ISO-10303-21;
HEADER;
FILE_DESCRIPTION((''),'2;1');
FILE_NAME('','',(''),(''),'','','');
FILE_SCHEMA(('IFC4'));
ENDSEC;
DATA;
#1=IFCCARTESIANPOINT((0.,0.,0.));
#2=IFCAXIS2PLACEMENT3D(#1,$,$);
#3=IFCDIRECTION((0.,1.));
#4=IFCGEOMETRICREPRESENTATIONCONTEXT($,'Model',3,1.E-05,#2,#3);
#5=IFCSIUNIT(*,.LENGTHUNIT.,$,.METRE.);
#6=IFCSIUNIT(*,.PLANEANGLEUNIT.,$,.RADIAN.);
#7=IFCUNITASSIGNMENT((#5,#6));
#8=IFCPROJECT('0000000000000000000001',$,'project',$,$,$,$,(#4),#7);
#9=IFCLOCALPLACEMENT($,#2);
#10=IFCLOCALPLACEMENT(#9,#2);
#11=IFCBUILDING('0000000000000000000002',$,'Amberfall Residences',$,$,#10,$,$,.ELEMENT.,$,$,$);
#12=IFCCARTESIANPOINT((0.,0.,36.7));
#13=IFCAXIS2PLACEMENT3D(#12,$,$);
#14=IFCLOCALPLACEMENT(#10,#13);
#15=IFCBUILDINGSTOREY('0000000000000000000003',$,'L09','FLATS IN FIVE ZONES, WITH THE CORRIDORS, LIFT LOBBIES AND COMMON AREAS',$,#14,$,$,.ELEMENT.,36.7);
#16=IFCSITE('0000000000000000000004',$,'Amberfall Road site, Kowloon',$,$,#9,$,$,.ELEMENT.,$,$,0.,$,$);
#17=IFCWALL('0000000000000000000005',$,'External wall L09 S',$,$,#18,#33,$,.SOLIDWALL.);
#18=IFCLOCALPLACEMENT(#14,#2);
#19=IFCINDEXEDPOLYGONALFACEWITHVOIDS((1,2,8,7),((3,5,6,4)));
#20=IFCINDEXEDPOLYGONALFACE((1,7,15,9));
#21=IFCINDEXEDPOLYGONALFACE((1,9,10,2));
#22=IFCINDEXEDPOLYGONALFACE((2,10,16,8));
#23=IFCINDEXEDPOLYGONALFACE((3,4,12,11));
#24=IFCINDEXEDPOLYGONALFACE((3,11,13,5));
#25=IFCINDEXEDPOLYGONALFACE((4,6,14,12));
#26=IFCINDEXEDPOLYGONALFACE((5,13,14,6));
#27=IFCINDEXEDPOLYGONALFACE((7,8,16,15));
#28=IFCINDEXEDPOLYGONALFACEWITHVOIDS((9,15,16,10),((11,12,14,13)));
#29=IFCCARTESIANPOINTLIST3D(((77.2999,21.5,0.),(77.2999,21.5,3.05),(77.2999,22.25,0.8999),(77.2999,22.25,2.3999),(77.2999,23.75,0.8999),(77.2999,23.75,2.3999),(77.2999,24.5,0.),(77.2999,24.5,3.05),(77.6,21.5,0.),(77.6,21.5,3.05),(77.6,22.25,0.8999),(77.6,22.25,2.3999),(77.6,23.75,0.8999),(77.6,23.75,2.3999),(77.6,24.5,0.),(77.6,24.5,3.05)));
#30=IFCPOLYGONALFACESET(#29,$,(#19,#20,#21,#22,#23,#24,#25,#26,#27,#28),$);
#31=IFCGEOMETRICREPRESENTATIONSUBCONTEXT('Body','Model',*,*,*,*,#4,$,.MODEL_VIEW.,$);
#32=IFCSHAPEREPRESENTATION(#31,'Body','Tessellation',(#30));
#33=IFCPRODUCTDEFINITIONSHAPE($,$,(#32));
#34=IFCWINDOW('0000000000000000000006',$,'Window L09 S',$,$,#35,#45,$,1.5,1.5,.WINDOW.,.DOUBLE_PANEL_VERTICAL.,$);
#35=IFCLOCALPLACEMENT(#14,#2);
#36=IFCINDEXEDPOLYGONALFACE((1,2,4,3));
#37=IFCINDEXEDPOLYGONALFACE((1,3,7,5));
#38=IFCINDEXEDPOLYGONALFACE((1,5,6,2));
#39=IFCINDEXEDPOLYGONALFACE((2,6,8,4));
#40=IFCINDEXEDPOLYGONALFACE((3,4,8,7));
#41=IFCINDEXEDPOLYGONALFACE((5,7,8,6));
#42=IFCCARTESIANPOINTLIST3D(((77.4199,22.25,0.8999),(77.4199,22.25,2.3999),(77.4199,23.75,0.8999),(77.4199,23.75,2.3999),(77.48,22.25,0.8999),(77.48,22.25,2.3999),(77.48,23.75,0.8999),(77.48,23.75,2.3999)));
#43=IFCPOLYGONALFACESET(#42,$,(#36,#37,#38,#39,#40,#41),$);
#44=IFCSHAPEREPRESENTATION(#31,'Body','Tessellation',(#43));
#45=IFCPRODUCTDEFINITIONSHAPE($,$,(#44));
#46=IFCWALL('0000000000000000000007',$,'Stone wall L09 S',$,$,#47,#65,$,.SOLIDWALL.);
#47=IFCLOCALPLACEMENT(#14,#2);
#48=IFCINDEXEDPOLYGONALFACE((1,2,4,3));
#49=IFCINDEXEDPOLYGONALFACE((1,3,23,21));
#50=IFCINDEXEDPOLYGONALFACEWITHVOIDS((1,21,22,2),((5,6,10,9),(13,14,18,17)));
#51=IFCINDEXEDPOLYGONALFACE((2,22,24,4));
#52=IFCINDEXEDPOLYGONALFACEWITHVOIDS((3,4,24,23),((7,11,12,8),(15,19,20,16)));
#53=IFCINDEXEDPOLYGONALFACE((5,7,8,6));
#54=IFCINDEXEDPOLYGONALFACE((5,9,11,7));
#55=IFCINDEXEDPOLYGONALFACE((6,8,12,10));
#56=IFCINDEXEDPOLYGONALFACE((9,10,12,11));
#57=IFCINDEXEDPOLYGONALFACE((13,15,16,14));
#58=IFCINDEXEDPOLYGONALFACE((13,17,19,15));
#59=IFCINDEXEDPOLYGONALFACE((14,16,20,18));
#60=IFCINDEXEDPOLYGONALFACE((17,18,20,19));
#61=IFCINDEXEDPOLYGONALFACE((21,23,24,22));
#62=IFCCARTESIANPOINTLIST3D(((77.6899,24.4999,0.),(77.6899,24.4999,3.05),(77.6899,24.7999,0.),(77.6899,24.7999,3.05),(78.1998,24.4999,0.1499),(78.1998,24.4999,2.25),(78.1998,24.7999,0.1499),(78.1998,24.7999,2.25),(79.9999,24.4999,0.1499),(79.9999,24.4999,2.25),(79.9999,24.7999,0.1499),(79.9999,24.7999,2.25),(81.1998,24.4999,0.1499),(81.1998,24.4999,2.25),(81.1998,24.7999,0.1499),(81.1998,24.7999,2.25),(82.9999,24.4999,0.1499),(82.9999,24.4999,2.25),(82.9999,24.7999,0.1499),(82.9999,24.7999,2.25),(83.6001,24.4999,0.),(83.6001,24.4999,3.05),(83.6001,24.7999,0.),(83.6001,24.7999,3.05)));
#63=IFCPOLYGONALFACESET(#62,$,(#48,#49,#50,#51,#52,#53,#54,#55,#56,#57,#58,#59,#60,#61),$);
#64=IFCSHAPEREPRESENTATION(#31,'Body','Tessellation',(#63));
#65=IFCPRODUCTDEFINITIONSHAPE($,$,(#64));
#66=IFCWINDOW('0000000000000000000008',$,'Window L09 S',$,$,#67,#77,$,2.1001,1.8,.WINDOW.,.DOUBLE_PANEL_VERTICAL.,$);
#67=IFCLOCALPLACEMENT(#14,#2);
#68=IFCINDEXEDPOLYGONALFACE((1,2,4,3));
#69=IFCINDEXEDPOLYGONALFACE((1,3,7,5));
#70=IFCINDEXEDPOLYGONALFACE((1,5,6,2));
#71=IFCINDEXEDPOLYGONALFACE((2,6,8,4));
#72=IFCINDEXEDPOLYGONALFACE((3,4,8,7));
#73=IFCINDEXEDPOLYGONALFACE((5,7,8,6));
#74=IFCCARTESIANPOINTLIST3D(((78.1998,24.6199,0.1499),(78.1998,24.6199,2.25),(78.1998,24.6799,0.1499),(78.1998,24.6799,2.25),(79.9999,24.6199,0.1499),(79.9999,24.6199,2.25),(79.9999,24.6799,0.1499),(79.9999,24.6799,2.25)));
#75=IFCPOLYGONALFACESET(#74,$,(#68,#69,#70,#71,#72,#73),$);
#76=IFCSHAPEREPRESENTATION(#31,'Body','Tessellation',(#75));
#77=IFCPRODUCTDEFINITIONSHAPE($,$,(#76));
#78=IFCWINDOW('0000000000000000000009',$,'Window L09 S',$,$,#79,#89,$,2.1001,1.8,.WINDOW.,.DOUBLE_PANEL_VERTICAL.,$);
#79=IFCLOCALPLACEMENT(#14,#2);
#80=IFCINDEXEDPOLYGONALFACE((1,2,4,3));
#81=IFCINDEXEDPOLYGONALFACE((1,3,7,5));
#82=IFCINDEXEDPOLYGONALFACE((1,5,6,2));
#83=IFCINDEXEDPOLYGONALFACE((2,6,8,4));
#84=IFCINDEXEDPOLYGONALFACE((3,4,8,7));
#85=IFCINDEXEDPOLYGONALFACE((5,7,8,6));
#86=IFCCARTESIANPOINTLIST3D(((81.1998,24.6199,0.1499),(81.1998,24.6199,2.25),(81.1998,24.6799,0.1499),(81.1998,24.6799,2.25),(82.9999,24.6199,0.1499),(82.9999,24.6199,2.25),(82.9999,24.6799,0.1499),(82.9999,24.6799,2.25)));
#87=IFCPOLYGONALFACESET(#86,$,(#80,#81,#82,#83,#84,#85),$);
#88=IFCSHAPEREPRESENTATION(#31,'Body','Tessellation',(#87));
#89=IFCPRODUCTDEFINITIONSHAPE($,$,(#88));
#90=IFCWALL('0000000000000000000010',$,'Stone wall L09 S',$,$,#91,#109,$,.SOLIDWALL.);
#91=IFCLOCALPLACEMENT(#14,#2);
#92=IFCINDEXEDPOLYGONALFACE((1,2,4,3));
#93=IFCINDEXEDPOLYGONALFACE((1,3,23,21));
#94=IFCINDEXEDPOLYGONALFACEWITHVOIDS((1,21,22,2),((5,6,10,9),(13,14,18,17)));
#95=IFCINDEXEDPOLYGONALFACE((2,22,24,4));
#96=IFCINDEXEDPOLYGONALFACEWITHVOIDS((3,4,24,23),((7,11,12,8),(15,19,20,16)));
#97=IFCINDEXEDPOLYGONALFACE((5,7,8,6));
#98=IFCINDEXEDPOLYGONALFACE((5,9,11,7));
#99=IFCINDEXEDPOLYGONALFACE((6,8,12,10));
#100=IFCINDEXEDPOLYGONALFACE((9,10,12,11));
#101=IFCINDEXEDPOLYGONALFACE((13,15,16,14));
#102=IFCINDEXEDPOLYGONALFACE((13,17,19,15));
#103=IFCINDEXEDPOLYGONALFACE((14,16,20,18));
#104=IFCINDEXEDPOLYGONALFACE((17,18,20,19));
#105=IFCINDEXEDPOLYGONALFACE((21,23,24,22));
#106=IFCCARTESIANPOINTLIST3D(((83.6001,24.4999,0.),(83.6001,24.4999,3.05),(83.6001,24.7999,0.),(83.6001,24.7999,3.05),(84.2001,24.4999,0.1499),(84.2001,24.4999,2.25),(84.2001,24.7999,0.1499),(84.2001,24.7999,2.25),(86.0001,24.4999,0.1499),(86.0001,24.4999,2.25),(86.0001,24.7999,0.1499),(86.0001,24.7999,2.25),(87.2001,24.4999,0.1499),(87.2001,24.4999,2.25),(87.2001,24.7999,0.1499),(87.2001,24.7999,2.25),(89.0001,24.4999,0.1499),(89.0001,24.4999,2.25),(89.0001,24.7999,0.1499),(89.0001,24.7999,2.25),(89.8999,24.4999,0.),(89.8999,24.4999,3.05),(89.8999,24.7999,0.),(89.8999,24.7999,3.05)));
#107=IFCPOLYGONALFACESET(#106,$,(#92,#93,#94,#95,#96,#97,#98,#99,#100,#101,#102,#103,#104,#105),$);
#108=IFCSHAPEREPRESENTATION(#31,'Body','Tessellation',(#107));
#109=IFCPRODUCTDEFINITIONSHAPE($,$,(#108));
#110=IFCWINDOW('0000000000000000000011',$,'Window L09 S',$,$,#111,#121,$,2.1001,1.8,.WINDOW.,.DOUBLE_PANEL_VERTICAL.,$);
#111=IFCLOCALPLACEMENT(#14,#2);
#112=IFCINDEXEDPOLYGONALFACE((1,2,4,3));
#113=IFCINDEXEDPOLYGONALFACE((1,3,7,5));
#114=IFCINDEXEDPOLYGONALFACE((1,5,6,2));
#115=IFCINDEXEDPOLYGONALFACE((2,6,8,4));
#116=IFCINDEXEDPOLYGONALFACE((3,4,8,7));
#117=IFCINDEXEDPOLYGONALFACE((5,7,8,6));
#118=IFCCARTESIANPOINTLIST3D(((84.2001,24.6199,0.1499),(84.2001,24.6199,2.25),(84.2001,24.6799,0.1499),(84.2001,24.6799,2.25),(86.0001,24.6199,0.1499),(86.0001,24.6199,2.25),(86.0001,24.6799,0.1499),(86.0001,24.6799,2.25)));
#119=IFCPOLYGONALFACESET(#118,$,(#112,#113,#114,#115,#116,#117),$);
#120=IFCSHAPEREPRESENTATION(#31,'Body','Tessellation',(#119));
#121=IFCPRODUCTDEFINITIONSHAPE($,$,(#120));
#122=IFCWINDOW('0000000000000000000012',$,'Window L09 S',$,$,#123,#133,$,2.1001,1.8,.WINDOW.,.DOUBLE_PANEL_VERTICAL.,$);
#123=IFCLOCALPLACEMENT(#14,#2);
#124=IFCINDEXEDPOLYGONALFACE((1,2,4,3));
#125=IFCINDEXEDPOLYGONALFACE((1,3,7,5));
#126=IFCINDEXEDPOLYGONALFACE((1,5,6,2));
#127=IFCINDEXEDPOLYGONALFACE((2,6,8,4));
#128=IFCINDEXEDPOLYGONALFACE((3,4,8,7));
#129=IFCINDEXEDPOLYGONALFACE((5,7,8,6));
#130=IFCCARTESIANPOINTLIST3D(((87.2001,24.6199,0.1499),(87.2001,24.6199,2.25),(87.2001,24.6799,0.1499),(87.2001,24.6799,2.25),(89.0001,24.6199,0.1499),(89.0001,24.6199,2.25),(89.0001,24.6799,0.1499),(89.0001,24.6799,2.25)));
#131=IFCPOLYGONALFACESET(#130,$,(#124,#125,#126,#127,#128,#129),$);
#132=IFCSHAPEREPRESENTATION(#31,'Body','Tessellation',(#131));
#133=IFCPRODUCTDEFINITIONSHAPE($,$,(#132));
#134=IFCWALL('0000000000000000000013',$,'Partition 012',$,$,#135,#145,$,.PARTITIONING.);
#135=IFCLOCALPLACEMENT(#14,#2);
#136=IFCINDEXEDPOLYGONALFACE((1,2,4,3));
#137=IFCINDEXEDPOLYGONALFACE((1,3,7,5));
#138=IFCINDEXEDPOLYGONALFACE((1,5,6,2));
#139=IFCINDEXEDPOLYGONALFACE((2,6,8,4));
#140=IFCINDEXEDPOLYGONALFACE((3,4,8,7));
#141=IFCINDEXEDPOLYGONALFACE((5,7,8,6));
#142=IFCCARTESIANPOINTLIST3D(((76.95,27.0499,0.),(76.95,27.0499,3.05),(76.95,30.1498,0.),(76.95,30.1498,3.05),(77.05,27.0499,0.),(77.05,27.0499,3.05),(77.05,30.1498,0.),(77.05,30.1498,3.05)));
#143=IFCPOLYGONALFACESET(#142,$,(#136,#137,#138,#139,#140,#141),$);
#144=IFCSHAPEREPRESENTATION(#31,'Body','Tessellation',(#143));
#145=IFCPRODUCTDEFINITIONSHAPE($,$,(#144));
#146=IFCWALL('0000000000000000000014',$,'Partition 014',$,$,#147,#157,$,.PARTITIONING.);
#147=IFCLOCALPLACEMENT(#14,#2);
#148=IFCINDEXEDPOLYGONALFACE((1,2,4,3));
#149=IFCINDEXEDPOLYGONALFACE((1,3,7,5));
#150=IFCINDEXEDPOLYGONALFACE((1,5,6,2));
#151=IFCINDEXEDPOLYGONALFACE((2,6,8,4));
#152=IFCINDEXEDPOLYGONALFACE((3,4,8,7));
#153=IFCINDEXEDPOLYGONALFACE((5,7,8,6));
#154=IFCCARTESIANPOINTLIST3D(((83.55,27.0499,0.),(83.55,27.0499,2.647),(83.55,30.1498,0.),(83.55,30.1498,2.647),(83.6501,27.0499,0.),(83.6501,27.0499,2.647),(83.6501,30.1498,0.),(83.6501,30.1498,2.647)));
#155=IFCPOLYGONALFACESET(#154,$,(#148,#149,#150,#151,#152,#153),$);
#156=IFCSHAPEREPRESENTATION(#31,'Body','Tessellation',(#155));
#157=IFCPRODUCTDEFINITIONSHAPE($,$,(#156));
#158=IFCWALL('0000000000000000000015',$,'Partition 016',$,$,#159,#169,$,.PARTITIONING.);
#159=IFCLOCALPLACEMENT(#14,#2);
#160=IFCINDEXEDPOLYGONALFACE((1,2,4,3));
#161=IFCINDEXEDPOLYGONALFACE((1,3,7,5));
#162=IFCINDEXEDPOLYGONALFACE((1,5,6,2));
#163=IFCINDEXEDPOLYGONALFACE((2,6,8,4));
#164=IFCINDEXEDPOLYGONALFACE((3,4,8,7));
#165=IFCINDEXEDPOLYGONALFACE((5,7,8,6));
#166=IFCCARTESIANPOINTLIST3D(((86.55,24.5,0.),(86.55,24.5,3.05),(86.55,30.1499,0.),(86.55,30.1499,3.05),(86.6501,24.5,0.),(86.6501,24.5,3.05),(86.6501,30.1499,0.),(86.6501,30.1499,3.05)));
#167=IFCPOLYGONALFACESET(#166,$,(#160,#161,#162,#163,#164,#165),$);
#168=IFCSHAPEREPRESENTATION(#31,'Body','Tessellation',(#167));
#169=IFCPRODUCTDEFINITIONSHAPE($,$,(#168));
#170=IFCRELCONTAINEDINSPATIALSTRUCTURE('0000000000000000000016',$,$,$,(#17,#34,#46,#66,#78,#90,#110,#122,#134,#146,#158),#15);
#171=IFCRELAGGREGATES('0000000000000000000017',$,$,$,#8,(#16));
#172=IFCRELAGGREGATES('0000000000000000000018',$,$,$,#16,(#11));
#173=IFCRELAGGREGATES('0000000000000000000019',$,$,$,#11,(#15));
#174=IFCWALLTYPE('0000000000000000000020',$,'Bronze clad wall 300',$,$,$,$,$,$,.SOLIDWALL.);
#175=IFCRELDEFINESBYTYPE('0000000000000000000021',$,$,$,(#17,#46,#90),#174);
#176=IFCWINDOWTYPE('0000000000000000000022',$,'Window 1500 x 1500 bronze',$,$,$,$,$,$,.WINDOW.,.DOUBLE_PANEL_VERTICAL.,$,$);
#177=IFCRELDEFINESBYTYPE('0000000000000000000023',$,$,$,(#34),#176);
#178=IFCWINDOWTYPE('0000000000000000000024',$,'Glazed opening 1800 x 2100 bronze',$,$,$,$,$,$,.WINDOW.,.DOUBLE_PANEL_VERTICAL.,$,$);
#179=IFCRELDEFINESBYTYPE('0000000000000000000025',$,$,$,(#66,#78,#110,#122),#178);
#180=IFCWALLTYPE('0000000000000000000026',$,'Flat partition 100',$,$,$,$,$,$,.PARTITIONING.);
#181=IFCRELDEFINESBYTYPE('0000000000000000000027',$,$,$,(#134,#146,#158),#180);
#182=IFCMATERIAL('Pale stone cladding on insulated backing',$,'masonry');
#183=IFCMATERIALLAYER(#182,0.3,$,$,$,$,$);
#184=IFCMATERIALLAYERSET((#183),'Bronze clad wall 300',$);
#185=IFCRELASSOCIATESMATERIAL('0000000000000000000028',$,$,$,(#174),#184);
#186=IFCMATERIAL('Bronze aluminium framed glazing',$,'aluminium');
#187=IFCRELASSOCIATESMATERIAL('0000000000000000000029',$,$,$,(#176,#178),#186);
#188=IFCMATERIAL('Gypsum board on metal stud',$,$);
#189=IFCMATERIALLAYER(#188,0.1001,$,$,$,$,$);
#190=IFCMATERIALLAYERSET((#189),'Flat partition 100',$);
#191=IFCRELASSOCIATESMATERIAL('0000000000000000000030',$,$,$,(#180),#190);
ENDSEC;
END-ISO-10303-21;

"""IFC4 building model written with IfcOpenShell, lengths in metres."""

from ifc_helpers import new_model, si_unit, direction, frame, frame_2d, origin, place, context, subcontext, project, spatial, rectangle, extrude, material, layer, layer_set, type_object, element, fill, save


model = new_model("IFC4")

# Units and contexts
model_context = context("Model", 3, precision=1e-05, world=origin(), true_north=direction((0.0, 1.0)))
body_context = subcontext(model_context, "Body", "Model", "MODEL_VIEW")
ifc_project = project(units=[si_unit("LENGTHUNIT", "METRE"), si_unit("PLANEANGLEUNIT", "RADIAN")], contexts=[model_context])

# Site, building, storey
site_placement = place(None, origin())
site = spatial("IfcSite", under=ifc_project, at=site_placement, Name="Amberfall Road site, Kowloon", CompositionType="ELEMENT", RefElevation=0.0)
building_placement = place(site_placement, origin())
building = spatial("IfcBuilding", under=site, at=building_placement, Name="Amberfall Residences", CompositionType="ELEMENT")
storey_placement = place(building_placement, frame((0.0, 0.0, 36.7)))
storey = spatial("IfcBuildingStorey", under=building, at=storey_placement, Name="L09", Description="FLATS IN FIVE ZONES, WITH THE CORRIDORS, LIFT LOBBIES AND COMMON AREAS", CompositionType="ELEMENT", Elevation=36.7)

# Wall, opening, window
ifc_material_1 = material(Name="Pale stone cladding on insulated backing", Category="masonry")
ifc_layer_1 = layer(ifc_material_1, 0.3)
ifc_layer_set_1 = layer_set([ifc_layer_1], Name="Bronze clad wall 300")
wall_type_1 = type_object("IfcWallType", Name="Bronze clad wall 300", PredefinedType="SOLIDWALL", material=ifc_layer_set_1)
wall_1_placement = place(storey_placement, frame((77.45, 21.5, 0.0), z_axis=(0.0, 0.0, 1.0), x_axis=(0.0, 1.0, 0.0)))
wall_1 = element("IfcWall", 1, at=wall_1_placement, inside=storey, type_object=wall_type_1, Name="External wall L09 S", PredefinedType="SOLIDWALL", context=body_context, shape_type="SweptSolid", body=[
    extrude(rectangle(XDim=3.0, YDim=0.3, at=frame_2d((1.5, 0.0))), origin(), (0.0, 0.0, 1.0), 3.05),
])
opening_1_placement = place(wall_1_placement, frame((0.75, 0.0, 0.8999)))
opening_1 = element("IfcOpeningElement", 2, at=opening_1_placement, cuts=wall_1, PredefinedType="OPENING", context=body_context, shape_type="SweptSolid", body=[
    extrude(rectangle(XDim=1.5, YDim=1.5, at=frame_2d((0.75, 0.75))), frame((0.0, 0.1599, 0.0), z_axis=(0.0, -1.0, 0.0), x_axis=(1.0, 0.0, 0.0)), (0.0, 0.0, 1.0), 0.3201),
])
ifc_material_2 = material(Name="Bronze aluminium framed glazing", Category="aluminium")
window_type_1 = type_object("IfcWindowType", Name="Window 1500 x 1500 bronze", PartitioningType="DOUBLE_PANEL_VERTICAL", PredefinedType="WINDOW", material=ifc_material_2)
window_1_placement = place(opening_1_placement, origin())
window_1 = element("IfcWindow", 3, at=window_1_placement, inside=storey, type_object=window_type_1, Name="Window L09 S", OverallHeight=1.5, OverallWidth=1.5, PartitioningType="DOUBLE_PANEL_VERTICAL", PredefinedType="WINDOW", context=body_context, shape_type="SweptSolid", body=[
    extrude(rectangle(XDim=1.5, YDim=1.5, at=frame_2d((0.75, 0.75))), frame((0.0, 0.03, 0.0), z_axis=(0.0, -1.0, 0.0), x_axis=(1.0, 0.0, 0.0)), (0.0, 0.0, 1.0), 0.0601),
])
fill(opening_1, window_1)

# Walls, openings, windows
wall_2_placement = place(storey_placement, frame((77.6899, 24.6499, 0.0), z_axis=(0.0, 0.0, 1.0), x_axis=(1.0, 0.0, 0.0)))
wall_2 = element("IfcWall", 4, at=wall_2_placement, inside=storey, type_object=wall_type_1, Name="Stone wall L09 S", PredefinedType="SOLIDWALL", context=body_context, shape_type="SweptSolid", body=[
    extrude(rectangle(XDim=5.9102, YDim=0.3, at=frame_2d((2.9551, 0.0))), origin(), (0.0, 0.0, 1.0), 3.05),
])
opening_2_placement = place(wall_2_placement, frame((0.51, 0.0, 0.1499)))
opening_2 = element("IfcOpeningElement", 5, at=opening_2_placement, cuts=wall_2, PredefinedType="OPENING", context=body_context, shape_type="SweptSolid", body=[
    extrude(rectangle(XDim=1.8, YDim=2.1001, at=frame_2d((0.8999, 1.05))), frame((0.0, 0.1599, 0.0), z_axis=(0.0, -1.0, 0.0), x_axis=(1.0, 0.0, 0.0)), (0.0, 0.0, 1.0), 0.3201),
])
opening_3_placement = place(wall_2_placement, frame((3.51, 0.0, 0.1499)))
opening_3 = element("IfcOpeningElement", 6, at=opening_3_placement, cuts=wall_2, PredefinedType="OPENING", context=body_context, shape_type="SweptSolid", body=[
    extrude(rectangle(XDim=1.8, YDim=2.1001, at=frame_2d((0.8999, 1.05))), frame((0.0, 0.1599, 0.0), z_axis=(0.0, -1.0, 0.0), x_axis=(1.0, 0.0, 0.0)), (0.0, 0.0, 1.0), 0.3201),
])
window_type_2 = type_object("IfcWindowType", Name="Glazed opening 1800 x 2100 bronze", PartitioningType="DOUBLE_PANEL_VERTICAL", PredefinedType="WINDOW", material=ifc_material_2)
window_2_placement = place(opening_2_placement, origin())
window_2 = element("IfcWindow", 7, at=window_2_placement, inside=storey, type_object=window_type_2, Name="Window L09 S", OverallHeight=2.1001, OverallWidth=1.8, PartitioningType="DOUBLE_PANEL_VERTICAL", PredefinedType="WINDOW", context=body_context, shape_type="SweptSolid", body=[
    extrude(rectangle(XDim=1.8, YDim=2.1001, at=frame_2d((0.8999, 1.05))), frame((0.0, 0.03, 0.0), z_axis=(0.0, -1.0, 0.0), x_axis=(1.0, 0.0, 0.0)), (0.0, 0.0, 1.0), 0.0601),
])
fill(opening_2, window_2)
window_3_placement = place(opening_3_placement, origin())
window_3 = element("IfcWindow", 8, at=window_3_placement, inside=storey, type_object=window_type_2, Name="Window L09 S", OverallHeight=2.1001, OverallWidth=1.8, PartitioningType="DOUBLE_PANEL_VERTICAL", PredefinedType="WINDOW", context=body_context, shape_type="SweptSolid", body=[
    extrude(rectangle(XDim=1.8, YDim=2.1001, at=frame_2d((0.8999, 1.05))), frame((0.0, 0.03, 0.0), z_axis=(0.0, -1.0, 0.0), x_axis=(1.0, 0.0, 0.0)), (0.0, 0.0, 1.0), 0.0601),
])
fill(opening_3, window_3)
wall_3_placement = place(storey_placement, frame((83.6001, 24.6499, 0.0), z_axis=(0.0, 0.0, 1.0), x_axis=(1.0, 0.0, 0.0)))
wall_3 = element("IfcWall", 9, at=wall_3_placement, inside=storey, type_object=wall_type_1, Name="Stone wall L09 S", PredefinedType="SOLIDWALL", context=body_context, shape_type="SweptSolid", body=[
    extrude(rectangle(XDim=6.2998, YDim=0.3, at=frame_2d((3.1499, 0.0))), origin(), (0.0, 0.0, 1.0), 3.05),
])
opening_4_placement = place(wall_3_placement, frame((0.6001, 0.0, 0.1499)))
opening_4 = element("IfcOpeningElement", 10, at=opening_4_placement, cuts=wall_3, PredefinedType="OPENING", context=body_context, shape_type="SweptSolid", body=[
    extrude(rectangle(XDim=1.8, YDim=2.1001, at=frame_2d((0.8999, 1.05))), frame((0.0, 0.1599, 0.0), z_axis=(0.0, -1.0, 0.0), x_axis=(1.0, 0.0, 0.0)), (0.0, 0.0, 1.0), 0.3201),
])
opening_5_placement = place(wall_3_placement, frame((3.6001, 0.0, 0.1499)))
opening_5 = element("IfcOpeningElement", 11, at=opening_5_placement, cuts=wall_3, PredefinedType="OPENING", context=body_context, shape_type="SweptSolid", body=[
    extrude(rectangle(XDim=1.8, YDim=2.1001, at=frame_2d((0.8999, 1.05))), frame((0.0, 0.1599, 0.0), z_axis=(0.0, -1.0, 0.0), x_axis=(1.0, 0.0, 0.0)), (0.0, 0.0, 1.0), 0.3201),
])
window_4_placement = place(opening_4_placement, origin())
window_4 = element("IfcWindow", 12, at=window_4_placement, inside=storey, type_object=window_type_2, Name="Window L09 S", OverallHeight=2.1001, OverallWidth=1.8, PartitioningType="DOUBLE_PANEL_VERTICAL", PredefinedType="WINDOW", context=body_context, shape_type="SweptSolid", body=[
    extrude(rectangle(XDim=1.8, YDim=2.1001, at=frame_2d((0.8999, 1.05))), frame((0.0, 0.03, 0.0), z_axis=(0.0, -1.0, 0.0), x_axis=(1.0, 0.0, 0.0)), (0.0, 0.0, 1.0), 0.0601),
])
fill(opening_4, window_4)
window_5_placement = place(opening_5_placement, origin())
window_5 = element("IfcWindow", 13, at=window_5_placement, inside=storey, type_object=window_type_2, Name="Window L09 S", OverallHeight=2.1001, OverallWidth=1.8, PartitioningType="DOUBLE_PANEL_VERTICAL", PredefinedType="WINDOW", context=body_context, shape_type="SweptSolid", body=[
    extrude(rectangle(XDim=1.8, YDim=2.1001, at=frame_2d((0.8999, 1.05))), frame((0.0, 0.03, 0.0), z_axis=(0.0, -1.0, 0.0), x_axis=(1.0, 0.0, 0.0)), (0.0, 0.0, 1.0), 0.0601),
])
fill(opening_5, window_5)

# Walls
ifc_material_3 = material(Name="Gypsum board on metal stud")
ifc_layer_2 = layer(ifc_material_3, 0.1001)
ifc_layer_set_2 = layer_set([ifc_layer_2], Name="Flat partition 100")
wall_type_2 = type_object("IfcWallType", Name="Flat partition 100", PredefinedType="PARTITIONING", material=ifc_layer_set_2)
wall_4_placement = place(storey_placement, frame((77.0, 27.05, 0.0), z_axis=(0.0, 0.0, 1.0), x_axis=(0.0, 1.0, 0.0)))
element("IfcWall", 14, at=wall_4_placement, inside=storey, type_object=wall_type_2, Name="Partition 012", PredefinedType="PARTITIONING", context=body_context, shape_type="SweptSolid", body=[
    extrude(rectangle(XDim=3.0999, YDim=0.1001, at=frame_2d((1.5498, 0.0))), origin(), (0.0, 0.0, 1.0), 3.05),
])
wall_5_placement = place(storey_placement, frame((83.6001, 27.05, 0.0), z_axis=(0.0, 0.0, 1.0), x_axis=(0.0, 1.0, 0.0)))
element("IfcWall", 15, at=wall_5_placement, inside=storey, type_object=wall_type_2, Name="Partition 014", PredefinedType="PARTITIONING", context=body_context, shape_type="SweptSolid", body=[
    extrude(rectangle(XDim=3.0999, YDim=0.1001, at=frame_2d((1.5498, 0.0))), origin(), (0.0, 0.0, 1.0), 2.647),
])
wall_6_placement = place(storey_placement, frame((86.6001, 24.5, 0.0), z_axis=(0.0, 0.0, 1.0), x_axis=(0.0, 1.0, 0.0)))
element("IfcWall", 16, at=wall_6_placement, inside=storey, type_object=wall_type_2, Name="Partition 016", PredefinedType="PARTITIONING", context=body_context, shape_type="SweptSolid", body=[
    extrude(rectangle(XDim=5.6499, YDim=0.1001, at=frame_2d((2.825, 0.0))), origin(), (0.0, 0.0, 1.0), 3.05),
])

save(model, "model.ifc")
